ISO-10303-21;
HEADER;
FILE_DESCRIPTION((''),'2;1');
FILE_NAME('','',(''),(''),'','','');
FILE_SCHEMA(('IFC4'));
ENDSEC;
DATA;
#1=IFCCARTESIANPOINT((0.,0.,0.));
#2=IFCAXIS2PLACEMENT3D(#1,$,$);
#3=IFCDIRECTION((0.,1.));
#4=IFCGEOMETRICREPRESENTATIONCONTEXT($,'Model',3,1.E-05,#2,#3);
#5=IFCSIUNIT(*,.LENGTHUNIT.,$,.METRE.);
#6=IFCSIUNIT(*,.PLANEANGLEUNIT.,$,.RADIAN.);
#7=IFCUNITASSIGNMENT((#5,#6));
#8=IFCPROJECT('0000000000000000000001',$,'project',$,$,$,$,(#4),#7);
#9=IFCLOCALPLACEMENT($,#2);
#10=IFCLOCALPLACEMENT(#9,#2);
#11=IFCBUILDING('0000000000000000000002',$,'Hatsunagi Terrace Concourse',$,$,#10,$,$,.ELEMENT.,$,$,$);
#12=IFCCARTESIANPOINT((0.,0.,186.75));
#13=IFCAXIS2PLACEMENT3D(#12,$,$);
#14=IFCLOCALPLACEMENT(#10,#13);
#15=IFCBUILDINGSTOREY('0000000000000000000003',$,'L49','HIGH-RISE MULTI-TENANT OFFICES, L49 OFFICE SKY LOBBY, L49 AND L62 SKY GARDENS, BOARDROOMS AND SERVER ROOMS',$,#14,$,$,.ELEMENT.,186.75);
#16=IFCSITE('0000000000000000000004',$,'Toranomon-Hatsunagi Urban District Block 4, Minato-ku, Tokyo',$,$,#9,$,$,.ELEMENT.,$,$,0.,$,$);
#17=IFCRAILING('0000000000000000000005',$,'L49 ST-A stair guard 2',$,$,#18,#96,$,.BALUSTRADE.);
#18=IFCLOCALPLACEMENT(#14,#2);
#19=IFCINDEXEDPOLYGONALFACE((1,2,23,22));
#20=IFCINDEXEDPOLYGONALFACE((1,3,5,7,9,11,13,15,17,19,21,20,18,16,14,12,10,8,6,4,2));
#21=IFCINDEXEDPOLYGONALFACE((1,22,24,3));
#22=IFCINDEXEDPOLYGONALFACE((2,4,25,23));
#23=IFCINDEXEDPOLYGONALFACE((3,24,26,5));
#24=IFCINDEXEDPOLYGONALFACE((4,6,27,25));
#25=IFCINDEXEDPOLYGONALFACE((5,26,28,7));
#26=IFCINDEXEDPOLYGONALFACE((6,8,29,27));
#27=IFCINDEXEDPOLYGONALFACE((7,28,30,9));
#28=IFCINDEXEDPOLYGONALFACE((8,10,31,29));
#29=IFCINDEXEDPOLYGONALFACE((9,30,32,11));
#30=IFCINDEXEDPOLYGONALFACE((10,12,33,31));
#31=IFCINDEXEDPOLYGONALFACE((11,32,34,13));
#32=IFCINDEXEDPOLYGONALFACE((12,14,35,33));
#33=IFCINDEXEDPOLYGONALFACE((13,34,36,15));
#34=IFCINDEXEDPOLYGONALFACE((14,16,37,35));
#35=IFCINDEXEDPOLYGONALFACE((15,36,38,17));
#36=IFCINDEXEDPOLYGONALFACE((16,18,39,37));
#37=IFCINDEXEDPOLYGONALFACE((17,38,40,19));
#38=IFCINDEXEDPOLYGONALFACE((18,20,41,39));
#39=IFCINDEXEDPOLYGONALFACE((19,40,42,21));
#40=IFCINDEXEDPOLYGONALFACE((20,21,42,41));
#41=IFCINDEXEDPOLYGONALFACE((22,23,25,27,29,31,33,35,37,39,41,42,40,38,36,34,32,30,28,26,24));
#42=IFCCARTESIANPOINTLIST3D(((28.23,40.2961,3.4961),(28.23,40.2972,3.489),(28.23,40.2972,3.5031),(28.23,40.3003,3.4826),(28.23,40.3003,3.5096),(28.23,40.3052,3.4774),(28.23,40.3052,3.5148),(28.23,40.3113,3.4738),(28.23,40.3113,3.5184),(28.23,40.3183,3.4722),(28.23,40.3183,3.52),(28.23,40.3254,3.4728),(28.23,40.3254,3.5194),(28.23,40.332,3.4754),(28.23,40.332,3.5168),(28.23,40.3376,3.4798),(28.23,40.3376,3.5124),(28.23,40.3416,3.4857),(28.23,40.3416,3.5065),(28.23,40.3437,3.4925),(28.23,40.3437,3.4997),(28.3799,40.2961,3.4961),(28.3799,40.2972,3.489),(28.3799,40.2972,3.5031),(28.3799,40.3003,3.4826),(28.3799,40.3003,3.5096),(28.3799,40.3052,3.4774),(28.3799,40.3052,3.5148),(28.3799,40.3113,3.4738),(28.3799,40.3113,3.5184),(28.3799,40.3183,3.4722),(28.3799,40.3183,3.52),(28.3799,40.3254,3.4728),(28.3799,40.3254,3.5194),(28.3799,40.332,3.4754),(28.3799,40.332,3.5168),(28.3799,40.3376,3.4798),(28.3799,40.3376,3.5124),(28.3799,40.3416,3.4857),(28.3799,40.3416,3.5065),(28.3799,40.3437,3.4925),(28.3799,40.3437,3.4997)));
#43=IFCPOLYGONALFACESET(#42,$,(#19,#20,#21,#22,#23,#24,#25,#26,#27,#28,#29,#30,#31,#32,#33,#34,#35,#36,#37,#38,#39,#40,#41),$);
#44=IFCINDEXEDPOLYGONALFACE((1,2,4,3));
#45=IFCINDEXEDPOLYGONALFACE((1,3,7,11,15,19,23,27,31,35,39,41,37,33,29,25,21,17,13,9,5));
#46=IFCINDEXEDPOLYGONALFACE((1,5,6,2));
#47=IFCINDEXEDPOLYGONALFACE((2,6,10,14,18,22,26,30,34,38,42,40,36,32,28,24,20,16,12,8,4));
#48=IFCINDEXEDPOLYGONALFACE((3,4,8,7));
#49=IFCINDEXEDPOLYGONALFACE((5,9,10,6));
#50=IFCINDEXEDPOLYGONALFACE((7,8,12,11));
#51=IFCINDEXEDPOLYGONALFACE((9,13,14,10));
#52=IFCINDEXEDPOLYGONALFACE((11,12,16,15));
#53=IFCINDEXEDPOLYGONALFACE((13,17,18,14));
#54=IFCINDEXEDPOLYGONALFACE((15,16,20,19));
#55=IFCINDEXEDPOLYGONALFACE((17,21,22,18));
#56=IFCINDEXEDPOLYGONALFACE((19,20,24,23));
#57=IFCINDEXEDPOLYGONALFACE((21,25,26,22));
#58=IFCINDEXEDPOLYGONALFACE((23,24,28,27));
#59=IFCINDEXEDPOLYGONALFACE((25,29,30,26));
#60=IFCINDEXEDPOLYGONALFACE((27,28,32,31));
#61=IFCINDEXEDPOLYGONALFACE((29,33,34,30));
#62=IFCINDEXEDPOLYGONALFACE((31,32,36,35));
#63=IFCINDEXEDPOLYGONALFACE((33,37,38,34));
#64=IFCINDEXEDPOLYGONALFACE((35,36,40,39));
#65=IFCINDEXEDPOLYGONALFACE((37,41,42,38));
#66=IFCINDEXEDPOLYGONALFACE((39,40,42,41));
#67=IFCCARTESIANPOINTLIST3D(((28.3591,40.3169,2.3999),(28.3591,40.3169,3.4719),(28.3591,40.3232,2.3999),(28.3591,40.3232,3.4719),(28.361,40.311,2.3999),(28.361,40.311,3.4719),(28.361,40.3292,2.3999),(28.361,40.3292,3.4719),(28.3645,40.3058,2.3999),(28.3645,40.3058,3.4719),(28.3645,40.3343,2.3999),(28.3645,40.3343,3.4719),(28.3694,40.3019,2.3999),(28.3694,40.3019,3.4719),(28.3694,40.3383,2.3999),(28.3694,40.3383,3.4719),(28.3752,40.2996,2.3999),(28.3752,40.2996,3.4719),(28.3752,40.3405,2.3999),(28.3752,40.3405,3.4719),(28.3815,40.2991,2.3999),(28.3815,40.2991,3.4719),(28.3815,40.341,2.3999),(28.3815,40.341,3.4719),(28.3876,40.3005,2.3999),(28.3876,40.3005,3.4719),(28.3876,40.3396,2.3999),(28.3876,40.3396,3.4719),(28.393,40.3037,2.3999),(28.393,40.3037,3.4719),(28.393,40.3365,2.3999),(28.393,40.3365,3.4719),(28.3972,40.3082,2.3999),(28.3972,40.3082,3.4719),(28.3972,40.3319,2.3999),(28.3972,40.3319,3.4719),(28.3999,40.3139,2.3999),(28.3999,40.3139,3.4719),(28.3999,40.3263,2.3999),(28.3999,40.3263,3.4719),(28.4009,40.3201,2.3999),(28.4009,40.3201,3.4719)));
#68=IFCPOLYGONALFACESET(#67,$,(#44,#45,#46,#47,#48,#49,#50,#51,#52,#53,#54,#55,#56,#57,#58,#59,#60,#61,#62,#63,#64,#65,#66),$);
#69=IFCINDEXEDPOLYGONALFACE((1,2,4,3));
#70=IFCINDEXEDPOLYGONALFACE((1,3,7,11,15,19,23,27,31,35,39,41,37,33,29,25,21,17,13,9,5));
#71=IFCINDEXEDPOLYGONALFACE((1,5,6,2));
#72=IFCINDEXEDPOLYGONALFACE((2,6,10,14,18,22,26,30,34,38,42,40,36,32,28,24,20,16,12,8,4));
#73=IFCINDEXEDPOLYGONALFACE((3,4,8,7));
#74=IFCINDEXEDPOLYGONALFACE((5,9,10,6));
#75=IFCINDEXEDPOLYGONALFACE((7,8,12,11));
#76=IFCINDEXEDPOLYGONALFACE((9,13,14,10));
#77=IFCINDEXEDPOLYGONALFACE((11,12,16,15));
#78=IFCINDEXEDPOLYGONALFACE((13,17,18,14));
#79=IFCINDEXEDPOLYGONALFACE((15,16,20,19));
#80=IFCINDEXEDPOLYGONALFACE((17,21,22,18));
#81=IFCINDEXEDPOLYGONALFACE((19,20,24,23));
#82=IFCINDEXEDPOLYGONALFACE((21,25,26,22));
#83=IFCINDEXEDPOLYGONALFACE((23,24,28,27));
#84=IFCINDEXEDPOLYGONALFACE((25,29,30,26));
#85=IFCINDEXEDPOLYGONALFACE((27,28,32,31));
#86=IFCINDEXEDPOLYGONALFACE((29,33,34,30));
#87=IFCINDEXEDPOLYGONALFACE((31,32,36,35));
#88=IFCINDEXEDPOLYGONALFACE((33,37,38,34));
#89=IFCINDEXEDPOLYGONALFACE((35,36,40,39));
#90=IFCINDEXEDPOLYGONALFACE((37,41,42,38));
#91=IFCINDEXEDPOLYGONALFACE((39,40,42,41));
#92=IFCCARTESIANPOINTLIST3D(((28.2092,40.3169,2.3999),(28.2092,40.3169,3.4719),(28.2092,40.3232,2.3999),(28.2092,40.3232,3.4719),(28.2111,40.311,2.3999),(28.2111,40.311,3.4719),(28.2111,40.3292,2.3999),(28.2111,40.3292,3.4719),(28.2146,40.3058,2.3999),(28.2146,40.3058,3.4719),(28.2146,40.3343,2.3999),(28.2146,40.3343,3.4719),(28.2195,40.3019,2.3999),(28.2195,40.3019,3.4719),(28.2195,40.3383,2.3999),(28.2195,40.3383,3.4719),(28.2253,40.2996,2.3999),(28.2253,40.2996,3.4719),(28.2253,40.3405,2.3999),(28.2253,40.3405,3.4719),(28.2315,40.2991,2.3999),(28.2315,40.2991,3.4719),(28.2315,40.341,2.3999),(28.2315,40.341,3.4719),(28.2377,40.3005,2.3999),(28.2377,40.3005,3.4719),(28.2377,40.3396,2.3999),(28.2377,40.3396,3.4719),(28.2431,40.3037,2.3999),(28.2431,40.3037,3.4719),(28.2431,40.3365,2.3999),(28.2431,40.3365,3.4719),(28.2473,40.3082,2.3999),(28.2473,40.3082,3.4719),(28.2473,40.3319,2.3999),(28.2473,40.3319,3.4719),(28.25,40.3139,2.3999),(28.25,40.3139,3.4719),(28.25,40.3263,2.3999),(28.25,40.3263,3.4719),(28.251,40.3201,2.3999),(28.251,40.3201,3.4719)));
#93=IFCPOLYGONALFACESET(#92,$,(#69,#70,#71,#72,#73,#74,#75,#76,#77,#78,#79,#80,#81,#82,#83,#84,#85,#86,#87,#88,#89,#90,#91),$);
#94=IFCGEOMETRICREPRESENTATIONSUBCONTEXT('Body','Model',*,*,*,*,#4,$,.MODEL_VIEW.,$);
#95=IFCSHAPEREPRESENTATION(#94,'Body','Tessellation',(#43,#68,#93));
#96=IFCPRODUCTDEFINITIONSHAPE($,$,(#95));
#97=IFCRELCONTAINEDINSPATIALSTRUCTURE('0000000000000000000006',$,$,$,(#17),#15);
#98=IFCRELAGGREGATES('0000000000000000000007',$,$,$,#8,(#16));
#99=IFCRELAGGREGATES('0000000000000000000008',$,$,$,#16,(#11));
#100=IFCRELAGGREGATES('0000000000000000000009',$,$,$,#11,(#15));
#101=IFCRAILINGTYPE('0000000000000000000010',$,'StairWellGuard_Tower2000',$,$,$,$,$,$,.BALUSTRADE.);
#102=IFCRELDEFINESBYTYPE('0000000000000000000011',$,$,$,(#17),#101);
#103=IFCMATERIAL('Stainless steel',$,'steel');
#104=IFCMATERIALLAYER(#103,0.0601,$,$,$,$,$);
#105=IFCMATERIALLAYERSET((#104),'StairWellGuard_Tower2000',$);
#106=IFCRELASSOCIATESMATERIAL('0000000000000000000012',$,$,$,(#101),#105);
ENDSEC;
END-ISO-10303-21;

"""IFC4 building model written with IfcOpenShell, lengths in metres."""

from ifc_helpers import new_model, si_unit, direction, frame, origin, origin_2d, place, context, subcontext, project, spatial, circle, extrude, material, layer, layer_set, type_object, element, save


model = new_model("IFC4")

# Units and contexts
model_context = context("Model", 3, precision=1e-05, world=origin(), true_north=direction((0.0, 1.0)))
body_context = subcontext(model_context, "Body", "Model", "MODEL_VIEW")
ifc_project = project(units=[si_unit("LENGTHUNIT", "METRE"), si_unit("PLANEANGLEUNIT", "RADIAN")], contexts=[model_context])

# Site, building, storey
site_placement = place(None, origin())
site = spatial("IfcSite", under=ifc_project, at=site_placement, Name="Toranomon-Hatsunagi Urban District Block 4, Minato-ku, Tokyo", CompositionType="ELEMENT", RefElevation=0.0)
building_placement = place(site_placement, origin())
building = spatial("IfcBuilding", under=site, at=building_placement, Name="Hatsunagi Terrace Concourse", CompositionType="ELEMENT")
storey_placement = place(building_placement, frame((0.0, 0.0, 186.75)))
storey = spatial("IfcBuildingStorey", under=building, at=storey_placement, Name="L49", Description="HIGH-RISE MULTI-TENANT OFFICES, L49 OFFICE SKY LOBBY, L49 AND L62 SKY GARDENS, BOARDROOMS AND SERVER ROOMS", CompositionType="ELEMENT", Elevation=186.75)

# Railing
ifc_material_1 = material(Name="Stainless steel", Category="steel")
ifc_layer_1 = layer(ifc_material_1, 0.0601)
ifc_layer_set_1 = layer_set([ifc_layer_1], Name="StairWellGuard_Tower2000")
railing_type_1 = type_object("IfcRailingType", Name="StairWellGuard_Tower2000", PredefinedType="BALUSTRADE", material=ifc_layer_set_1)
railing_1_placement = place(storey_placement, frame((28.3799, 40.3201, 2.3999)))
element("IfcRailing", 1, at=railing_1_placement, inside=storey, type_object=railing_type_1, Name="L49 ST-A stair guard 2", PredefinedType="BALUSTRADE", context=body_context, shape_type="SweptSolid", body=[
    extrude(circle(Radius=0.0239, at=origin_2d()), frame((0.0, 0.0, 1.0962), z_axis=(-1.0, 0.0, 0.0), x_axis=(0.0, -1.0, 0.0)), (0.0, 0.0, 1.0), 0.1499),
    extrude(circle(Radius=0.021, at=origin_2d()), origin(), (0.0, 0.0, 1.0), 1.072),
    extrude(circle(Radius=0.021, at=origin_2d()), frame((-0.1499, 0.0, 0.0)), (0.0, 0.0, 1.0), 1.072),
])

save(model, "model.ifc")
